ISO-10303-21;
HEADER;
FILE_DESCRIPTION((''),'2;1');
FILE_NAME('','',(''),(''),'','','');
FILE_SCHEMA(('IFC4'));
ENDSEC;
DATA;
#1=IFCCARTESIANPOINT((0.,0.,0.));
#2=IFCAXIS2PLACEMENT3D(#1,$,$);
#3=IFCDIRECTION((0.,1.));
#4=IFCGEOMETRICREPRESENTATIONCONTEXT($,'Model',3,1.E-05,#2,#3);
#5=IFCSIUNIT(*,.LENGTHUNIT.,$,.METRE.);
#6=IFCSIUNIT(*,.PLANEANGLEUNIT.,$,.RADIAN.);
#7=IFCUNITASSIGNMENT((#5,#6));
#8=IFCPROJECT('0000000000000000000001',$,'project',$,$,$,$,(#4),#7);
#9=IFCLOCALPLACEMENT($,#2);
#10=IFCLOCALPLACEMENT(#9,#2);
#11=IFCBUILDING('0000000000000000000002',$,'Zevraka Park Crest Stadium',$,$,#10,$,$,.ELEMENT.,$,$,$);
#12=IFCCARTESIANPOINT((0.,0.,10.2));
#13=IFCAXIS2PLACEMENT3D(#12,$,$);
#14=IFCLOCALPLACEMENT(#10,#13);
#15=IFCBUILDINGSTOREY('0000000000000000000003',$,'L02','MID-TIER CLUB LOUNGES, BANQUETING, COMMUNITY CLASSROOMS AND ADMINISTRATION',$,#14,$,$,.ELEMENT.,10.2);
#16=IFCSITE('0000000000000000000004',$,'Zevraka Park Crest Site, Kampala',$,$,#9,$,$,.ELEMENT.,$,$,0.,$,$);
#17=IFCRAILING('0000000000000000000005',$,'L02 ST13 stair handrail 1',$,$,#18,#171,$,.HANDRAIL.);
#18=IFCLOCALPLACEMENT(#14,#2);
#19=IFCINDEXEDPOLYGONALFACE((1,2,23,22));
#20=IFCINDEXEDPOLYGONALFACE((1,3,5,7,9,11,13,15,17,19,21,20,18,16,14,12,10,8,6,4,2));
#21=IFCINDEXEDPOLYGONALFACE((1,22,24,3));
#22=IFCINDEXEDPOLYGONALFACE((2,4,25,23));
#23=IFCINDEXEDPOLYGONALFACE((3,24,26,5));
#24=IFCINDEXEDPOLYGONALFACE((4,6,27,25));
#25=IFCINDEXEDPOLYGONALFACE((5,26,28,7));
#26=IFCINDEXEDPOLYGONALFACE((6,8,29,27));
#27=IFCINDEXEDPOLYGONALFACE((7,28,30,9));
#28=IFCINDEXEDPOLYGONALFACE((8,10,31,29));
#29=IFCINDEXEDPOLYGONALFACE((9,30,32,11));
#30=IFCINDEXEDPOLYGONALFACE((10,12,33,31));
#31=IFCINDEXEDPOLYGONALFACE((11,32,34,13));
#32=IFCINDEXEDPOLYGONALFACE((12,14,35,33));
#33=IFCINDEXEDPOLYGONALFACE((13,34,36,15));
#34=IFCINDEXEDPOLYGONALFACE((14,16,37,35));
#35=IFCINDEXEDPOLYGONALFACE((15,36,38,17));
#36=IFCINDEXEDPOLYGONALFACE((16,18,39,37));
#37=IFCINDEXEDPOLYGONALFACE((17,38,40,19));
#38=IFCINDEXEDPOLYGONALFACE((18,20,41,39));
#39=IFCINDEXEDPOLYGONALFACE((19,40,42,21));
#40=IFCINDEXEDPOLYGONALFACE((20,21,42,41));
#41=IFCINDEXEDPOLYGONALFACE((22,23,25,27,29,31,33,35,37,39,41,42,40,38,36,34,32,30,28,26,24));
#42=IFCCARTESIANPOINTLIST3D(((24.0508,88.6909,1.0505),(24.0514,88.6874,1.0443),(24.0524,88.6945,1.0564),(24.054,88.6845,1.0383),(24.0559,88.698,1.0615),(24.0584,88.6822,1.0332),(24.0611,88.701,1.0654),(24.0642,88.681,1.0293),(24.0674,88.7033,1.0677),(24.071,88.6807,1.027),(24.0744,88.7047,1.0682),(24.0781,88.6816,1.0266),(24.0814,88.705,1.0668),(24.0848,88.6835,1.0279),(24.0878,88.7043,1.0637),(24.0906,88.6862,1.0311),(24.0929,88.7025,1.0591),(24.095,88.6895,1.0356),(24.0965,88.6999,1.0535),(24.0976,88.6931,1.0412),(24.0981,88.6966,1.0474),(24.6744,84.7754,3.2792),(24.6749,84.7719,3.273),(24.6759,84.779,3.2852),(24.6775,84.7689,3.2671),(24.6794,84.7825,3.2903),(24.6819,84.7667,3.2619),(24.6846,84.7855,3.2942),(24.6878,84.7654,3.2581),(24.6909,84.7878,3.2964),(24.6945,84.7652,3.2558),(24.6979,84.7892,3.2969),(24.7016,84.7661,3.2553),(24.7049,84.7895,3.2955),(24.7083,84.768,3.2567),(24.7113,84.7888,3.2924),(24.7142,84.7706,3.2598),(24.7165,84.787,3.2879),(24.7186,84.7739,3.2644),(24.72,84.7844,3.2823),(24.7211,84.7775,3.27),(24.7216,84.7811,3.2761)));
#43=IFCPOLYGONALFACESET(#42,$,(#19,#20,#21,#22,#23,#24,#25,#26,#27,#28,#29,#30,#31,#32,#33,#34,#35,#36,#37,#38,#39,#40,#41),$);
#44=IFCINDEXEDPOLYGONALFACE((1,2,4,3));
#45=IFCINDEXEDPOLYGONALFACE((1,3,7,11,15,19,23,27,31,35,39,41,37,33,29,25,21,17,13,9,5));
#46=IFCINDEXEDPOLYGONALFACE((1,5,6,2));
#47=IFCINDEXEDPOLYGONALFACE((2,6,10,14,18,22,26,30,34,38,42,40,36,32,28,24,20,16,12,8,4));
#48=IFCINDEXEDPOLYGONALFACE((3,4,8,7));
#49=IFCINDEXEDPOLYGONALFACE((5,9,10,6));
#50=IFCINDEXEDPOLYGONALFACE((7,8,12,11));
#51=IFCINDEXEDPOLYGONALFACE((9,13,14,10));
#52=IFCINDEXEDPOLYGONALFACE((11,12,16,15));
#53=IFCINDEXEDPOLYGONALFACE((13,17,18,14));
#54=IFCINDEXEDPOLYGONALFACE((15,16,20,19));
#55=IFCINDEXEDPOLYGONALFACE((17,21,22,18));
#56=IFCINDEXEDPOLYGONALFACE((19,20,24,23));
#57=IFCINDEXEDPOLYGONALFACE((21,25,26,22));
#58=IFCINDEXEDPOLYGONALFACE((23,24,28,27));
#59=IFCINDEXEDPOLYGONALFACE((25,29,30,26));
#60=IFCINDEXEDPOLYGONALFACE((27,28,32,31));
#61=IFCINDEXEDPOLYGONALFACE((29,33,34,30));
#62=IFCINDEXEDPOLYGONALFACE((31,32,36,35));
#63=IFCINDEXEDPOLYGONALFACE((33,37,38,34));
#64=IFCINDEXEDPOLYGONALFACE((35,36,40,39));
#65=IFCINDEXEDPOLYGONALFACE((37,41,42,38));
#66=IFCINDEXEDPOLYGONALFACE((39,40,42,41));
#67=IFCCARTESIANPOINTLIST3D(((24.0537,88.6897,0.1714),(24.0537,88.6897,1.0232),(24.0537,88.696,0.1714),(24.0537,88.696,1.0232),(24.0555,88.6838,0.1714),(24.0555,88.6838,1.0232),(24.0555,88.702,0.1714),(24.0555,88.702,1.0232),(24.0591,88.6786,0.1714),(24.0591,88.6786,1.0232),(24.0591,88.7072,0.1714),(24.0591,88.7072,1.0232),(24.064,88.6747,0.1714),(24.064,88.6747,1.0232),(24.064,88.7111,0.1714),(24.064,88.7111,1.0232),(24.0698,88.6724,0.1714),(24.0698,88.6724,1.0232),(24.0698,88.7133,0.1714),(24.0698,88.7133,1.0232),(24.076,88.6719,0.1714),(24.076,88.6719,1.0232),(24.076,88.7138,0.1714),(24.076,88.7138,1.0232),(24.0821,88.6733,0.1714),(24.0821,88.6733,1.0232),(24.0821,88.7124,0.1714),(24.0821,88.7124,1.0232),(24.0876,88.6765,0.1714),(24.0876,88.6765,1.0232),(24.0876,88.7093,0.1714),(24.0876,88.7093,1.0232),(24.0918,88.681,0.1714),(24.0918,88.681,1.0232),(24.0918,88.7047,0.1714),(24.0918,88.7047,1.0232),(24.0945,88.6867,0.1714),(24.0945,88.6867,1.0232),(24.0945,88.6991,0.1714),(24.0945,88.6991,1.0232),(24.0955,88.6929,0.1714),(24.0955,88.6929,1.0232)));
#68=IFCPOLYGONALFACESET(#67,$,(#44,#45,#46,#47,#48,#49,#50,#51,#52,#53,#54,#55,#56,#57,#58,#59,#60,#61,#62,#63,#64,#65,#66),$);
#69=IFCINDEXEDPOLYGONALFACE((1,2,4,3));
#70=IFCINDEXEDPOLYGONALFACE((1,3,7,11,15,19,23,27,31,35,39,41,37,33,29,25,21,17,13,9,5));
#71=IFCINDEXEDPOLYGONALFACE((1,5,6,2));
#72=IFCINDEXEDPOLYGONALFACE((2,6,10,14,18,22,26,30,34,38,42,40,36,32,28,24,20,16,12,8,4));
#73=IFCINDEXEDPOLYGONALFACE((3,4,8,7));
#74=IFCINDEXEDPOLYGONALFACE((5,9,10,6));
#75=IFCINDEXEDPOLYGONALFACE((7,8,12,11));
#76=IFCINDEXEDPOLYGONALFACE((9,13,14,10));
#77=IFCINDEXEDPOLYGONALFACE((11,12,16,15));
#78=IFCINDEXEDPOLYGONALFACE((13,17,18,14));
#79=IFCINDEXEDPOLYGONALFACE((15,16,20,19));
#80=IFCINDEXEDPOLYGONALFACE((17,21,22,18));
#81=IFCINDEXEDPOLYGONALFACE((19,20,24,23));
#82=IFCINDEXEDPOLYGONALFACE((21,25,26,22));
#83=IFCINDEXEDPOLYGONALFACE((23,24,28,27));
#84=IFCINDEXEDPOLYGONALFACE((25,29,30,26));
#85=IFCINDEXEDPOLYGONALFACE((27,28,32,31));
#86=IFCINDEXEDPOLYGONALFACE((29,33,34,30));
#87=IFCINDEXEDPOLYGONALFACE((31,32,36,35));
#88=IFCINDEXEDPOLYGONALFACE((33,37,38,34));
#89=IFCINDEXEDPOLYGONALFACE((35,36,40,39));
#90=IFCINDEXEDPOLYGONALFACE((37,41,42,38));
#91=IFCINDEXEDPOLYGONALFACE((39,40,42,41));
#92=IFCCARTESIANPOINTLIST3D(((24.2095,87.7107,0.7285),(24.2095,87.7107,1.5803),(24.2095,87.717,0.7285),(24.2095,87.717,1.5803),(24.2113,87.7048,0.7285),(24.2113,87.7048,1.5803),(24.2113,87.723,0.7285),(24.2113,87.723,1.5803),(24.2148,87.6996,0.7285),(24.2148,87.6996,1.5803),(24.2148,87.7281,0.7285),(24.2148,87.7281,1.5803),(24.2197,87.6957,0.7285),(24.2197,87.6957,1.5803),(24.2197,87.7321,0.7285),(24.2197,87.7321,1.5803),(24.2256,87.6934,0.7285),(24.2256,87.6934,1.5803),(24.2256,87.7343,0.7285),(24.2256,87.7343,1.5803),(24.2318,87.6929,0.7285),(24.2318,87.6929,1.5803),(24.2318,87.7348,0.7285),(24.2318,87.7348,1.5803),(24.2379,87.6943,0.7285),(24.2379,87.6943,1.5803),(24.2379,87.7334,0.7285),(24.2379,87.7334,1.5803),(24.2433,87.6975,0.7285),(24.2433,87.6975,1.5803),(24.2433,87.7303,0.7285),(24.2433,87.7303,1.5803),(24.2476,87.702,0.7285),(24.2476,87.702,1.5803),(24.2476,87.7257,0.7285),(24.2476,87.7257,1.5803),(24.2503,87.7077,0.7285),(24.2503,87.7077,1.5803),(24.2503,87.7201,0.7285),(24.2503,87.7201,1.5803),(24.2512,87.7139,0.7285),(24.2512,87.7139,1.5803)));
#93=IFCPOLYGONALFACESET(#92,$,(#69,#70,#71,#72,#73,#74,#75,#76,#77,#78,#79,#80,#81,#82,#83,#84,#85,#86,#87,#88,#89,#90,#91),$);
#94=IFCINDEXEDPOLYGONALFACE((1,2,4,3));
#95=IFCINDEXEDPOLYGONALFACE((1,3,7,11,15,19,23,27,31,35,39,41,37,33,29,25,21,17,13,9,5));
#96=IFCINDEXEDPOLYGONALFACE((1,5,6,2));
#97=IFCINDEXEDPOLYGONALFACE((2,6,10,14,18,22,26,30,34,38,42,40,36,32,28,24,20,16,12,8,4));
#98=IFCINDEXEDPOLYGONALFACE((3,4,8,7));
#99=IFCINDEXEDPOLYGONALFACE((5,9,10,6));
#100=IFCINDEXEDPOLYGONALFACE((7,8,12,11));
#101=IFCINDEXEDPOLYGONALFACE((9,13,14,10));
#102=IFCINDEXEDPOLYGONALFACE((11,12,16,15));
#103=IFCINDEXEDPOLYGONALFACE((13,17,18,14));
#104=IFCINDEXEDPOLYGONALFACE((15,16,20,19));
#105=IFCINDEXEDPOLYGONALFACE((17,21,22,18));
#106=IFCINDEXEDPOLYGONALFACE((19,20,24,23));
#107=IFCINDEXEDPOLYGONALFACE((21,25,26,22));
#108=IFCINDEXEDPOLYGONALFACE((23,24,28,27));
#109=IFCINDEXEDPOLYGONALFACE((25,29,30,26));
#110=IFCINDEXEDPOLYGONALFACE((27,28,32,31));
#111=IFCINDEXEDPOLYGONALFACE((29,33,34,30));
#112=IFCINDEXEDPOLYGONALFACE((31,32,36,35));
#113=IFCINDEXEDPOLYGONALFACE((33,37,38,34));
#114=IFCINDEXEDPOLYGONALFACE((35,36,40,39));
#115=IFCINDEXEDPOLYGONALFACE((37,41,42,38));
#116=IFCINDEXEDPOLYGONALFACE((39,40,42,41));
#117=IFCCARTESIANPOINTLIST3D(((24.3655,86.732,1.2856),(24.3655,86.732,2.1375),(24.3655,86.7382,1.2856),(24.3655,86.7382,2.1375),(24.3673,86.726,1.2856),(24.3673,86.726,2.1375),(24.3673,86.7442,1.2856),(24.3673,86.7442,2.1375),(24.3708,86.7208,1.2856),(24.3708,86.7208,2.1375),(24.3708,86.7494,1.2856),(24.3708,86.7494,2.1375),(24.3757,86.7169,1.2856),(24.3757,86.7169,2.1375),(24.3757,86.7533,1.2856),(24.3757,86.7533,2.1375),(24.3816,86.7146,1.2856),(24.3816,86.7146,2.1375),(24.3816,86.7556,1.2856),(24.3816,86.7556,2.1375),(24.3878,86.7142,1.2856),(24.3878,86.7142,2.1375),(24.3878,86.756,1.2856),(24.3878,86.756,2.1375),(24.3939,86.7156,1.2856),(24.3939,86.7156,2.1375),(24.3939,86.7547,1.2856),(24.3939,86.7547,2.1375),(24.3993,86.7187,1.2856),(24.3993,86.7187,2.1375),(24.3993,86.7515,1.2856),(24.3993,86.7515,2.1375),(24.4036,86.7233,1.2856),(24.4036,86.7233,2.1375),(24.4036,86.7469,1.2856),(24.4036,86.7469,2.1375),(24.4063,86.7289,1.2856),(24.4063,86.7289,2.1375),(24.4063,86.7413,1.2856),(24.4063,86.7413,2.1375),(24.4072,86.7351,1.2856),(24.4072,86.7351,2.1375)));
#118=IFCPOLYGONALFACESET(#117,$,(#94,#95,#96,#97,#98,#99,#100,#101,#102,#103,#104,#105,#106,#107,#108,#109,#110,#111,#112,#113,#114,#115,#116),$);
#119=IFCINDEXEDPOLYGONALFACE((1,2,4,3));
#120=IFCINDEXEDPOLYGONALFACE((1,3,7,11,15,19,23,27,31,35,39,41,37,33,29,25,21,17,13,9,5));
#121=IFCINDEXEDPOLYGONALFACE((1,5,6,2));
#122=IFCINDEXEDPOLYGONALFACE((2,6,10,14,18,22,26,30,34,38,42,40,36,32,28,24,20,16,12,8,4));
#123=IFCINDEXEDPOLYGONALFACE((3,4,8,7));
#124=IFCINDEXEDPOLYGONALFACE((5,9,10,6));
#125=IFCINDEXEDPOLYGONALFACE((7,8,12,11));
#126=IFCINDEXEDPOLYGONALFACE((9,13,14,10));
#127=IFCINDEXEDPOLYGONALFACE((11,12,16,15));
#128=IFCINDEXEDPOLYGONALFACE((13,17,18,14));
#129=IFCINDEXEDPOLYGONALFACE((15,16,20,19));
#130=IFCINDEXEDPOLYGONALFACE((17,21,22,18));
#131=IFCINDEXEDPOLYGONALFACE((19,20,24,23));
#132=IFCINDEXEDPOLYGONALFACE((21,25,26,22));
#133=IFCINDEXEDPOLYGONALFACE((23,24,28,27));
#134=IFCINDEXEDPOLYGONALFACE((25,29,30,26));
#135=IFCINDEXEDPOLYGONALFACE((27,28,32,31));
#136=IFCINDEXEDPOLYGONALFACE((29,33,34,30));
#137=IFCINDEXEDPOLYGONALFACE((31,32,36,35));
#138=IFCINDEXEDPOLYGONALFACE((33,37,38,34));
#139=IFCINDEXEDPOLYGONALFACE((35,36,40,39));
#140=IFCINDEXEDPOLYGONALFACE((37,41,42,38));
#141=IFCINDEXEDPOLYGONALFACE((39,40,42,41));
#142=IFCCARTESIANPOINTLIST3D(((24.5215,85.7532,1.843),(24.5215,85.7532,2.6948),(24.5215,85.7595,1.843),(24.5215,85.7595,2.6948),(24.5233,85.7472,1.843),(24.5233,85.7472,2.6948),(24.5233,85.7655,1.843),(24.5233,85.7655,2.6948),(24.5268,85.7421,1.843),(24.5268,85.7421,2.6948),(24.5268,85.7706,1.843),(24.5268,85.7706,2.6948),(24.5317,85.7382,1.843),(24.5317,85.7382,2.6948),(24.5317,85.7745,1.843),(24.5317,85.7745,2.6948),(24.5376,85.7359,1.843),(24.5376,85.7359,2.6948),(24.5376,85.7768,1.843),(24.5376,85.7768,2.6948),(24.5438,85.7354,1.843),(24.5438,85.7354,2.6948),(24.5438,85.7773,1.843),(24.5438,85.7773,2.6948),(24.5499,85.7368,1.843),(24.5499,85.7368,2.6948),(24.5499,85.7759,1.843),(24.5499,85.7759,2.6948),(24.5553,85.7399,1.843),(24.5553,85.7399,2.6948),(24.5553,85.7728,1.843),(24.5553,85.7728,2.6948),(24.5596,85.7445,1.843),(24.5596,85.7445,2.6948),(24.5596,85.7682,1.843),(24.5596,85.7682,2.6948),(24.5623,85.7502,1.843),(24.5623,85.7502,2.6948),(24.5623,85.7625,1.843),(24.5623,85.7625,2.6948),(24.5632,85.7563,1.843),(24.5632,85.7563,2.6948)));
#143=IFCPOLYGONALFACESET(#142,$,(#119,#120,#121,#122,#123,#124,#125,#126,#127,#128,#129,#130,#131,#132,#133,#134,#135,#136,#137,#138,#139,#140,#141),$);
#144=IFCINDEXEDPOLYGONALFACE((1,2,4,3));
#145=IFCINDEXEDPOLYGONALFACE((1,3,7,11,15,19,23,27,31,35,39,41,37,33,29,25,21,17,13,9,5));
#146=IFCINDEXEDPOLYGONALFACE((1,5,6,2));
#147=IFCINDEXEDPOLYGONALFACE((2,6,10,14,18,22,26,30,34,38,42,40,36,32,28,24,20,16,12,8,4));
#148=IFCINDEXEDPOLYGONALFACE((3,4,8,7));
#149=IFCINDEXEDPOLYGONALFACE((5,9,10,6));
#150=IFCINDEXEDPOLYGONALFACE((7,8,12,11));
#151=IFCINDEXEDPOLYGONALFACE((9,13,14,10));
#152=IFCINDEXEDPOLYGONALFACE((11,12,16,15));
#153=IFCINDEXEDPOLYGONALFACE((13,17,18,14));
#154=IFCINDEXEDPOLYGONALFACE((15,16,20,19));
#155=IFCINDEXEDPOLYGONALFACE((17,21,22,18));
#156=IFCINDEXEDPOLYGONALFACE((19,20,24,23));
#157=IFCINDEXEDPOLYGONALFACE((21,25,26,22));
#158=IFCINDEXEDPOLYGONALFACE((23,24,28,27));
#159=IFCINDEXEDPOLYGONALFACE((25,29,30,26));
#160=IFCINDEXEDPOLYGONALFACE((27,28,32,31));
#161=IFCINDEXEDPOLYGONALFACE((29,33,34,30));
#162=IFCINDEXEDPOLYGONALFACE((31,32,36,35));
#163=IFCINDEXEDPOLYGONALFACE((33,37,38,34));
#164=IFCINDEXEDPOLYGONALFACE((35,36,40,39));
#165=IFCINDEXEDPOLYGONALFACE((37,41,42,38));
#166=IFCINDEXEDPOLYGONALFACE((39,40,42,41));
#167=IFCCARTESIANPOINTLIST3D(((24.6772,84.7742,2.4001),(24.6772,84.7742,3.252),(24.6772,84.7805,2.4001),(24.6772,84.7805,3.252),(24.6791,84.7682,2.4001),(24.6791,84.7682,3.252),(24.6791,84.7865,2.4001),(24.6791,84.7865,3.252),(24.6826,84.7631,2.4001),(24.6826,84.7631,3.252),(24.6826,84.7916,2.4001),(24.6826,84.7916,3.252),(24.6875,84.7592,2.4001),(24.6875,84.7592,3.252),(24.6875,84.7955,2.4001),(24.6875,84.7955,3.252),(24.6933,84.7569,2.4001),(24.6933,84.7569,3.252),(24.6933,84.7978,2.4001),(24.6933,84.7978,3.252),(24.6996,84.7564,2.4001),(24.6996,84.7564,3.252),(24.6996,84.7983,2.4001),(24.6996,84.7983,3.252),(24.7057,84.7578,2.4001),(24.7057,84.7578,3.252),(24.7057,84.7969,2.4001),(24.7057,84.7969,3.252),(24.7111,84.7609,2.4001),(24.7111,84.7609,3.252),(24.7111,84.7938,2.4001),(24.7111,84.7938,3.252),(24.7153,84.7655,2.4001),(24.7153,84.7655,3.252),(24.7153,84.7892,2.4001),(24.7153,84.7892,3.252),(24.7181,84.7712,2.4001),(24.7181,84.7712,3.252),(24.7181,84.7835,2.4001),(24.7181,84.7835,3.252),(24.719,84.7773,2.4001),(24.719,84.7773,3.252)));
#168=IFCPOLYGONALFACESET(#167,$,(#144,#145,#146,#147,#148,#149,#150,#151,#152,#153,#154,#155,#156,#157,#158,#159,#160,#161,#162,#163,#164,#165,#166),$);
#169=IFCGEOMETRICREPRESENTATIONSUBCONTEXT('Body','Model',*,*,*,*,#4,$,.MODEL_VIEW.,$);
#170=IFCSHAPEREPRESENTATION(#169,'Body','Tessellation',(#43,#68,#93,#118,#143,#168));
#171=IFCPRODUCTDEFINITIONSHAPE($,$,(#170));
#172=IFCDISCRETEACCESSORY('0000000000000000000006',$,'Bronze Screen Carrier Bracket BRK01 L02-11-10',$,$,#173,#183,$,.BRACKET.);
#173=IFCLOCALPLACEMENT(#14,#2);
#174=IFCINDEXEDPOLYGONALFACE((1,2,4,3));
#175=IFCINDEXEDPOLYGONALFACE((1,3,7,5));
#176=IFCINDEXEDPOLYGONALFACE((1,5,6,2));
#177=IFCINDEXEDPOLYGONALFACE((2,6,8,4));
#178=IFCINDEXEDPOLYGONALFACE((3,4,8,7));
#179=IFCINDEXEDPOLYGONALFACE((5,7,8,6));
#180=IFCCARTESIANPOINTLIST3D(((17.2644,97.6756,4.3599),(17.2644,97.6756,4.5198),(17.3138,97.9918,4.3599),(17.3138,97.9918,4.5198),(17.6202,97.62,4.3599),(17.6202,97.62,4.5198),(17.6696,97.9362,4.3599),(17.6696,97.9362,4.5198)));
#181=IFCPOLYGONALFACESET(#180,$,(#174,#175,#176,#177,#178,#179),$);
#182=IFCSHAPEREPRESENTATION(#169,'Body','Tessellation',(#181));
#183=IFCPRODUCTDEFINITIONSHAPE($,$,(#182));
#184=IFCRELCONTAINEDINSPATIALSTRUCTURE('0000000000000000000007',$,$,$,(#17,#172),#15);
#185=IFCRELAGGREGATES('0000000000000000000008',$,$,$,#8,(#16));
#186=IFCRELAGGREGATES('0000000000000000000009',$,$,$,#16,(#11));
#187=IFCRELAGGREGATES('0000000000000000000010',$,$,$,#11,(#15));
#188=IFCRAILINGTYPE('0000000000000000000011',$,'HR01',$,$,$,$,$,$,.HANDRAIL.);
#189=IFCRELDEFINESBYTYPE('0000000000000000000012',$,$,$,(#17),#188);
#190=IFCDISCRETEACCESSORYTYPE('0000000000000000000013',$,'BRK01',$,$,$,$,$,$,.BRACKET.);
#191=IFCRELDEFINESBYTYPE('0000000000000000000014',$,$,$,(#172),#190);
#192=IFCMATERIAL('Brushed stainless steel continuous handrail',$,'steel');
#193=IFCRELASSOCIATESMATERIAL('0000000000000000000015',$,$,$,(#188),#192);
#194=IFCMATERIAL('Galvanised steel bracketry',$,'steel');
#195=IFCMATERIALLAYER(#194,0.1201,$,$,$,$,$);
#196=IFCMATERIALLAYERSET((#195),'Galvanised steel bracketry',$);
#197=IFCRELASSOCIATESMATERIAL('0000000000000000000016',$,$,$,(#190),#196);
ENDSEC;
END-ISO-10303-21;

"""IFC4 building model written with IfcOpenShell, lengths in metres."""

from ifc_helpers import new_model, si_unit, direction, frame, origin, origin_2d, place, context, subcontext, project, spatial, rectangle, circle, extrude, material, layer, layer_set, type_object, element, save


model = new_model("IFC4")

# Units and contexts
model_context = context("Model", 3, precision=1e-05, world=origin(), true_north=direction((0.0, 1.0)))
body_context = subcontext(model_context, "Body", "Model", "MODEL_VIEW")
ifc_project = project(units=[si_unit("LENGTHUNIT", "METRE"), si_unit("PLANEANGLEUNIT", "RADIAN")], contexts=[model_context])

# Site, building, storey
site_placement = place(None, origin())
site = spatial("IfcSite", under=ifc_project, at=site_placement, Name="Zevraka Park Crest Site, Kampala", CompositionType="ELEMENT", RefElevation=0.0)
building_placement = place(site_placement, origin())
building = spatial("IfcBuilding", under=site, at=building_placement, Name="Zevraka Park Crest Stadium", CompositionType="ELEMENT")
storey_placement = place(building_placement, frame((0.0, 0.0, 10.2)))
storey = spatial("IfcBuildingStorey", under=building, at=storey_placement, Name="L02", Description="MID-TIER CLUB LOUNGES, BANQUETING, COMMUNITY CLASSROOMS AND ADMINISTRATION", CompositionType="ELEMENT", Elevation=10.2)

# Railing
ifc_material_1 = material(Name="Brushed stainless steel continuous handrail", Category="steel")
railing_type = type_object("IfcRailingType", Name="HR01", PredefinedType="HANDRAIL", material=ifc_material_1)
railing_placement = place(storey_placement, frame((24.0745, 88.6929, 0.1714)))
element("IfcRailing", 1, at=railing_placement, inside=storey, type_object=railing_type, Name="L02 ST13 stair handrail 1", PredefinedType="HANDRAIL", context=body_context, shape_type="SweptSolid", body=[
    extrude(circle(Radius=0.0239, at=origin_2d()), frame((0.0, 0.0, 0.876), z_axis=(0.13709, -0.860867, 0.490015), x_axis=(0.987556, 0.157265, 0.0)), (0.0, 0.0, 1.0), 4.5483),
    extrude(circle(Radius=0.021, at=origin_2d()), origin(), (0.0, 0.0, 1.0), 0.8518),
    extrude(circle(Radius=0.021, at=origin_2d()), frame((0.1558, -0.979, 0.5571)), (0.0, 0.0, 1.0), 0.8518),
    extrude(circle(Radius=0.021, at=origin_2d()), frame((0.3118, -1.9578, 1.1143)), (0.0, 0.0, 1.0), 0.8518),
    extrude(circle(Radius=0.021, at=origin_2d()), frame((0.4678, -2.9365, 1.6716)), (0.0, 0.0, 1.0), 0.8518),
    extrude(circle(Radius=0.021, at=origin_2d()), frame((0.6235, -3.9155, 2.2288)), (0.0, 0.0, 1.0), 0.8518),
])

# Discrete accessory
ifc_material_2 = material(Name="Galvanised steel bracketry", Category="steel")
ifc_layer_1 = layer(ifc_material_2, 0.1201)
ifc_layer_set_1 = layer_set([ifc_layer_1], Name="Galvanised steel bracketry")
discrete_accessory_type = type_object("IfcDiscreteAccessoryType", Name="BRK01", PredefinedType="BRACKET", material=ifc_layer_set_1)
discrete_accessory_placement = place(storey_placement, frame((17.467, 97.8059, 4.3599), z_axis=(0.0, 0.0, 1.0), x_axis=(-0.154366, -0.988014, 0.0)))
element("IfcDiscreteAccessory", 2, at=discrete_accessory_placement, inside=storey, type_object=discrete_accessory_type, Name="Bronze Screen Carrier Bracket BRK01 L02-11-10", PredefinedType="BRACKET", context=body_context, shape_type="SweptSolid", body=[
    extrude(rectangle(XDim=0.3201, YDim=0.3601, at=origin_2d()), origin(), (0.0, 0.0, 1.0), 0.1599),
])

save(model, "model.ifc")
